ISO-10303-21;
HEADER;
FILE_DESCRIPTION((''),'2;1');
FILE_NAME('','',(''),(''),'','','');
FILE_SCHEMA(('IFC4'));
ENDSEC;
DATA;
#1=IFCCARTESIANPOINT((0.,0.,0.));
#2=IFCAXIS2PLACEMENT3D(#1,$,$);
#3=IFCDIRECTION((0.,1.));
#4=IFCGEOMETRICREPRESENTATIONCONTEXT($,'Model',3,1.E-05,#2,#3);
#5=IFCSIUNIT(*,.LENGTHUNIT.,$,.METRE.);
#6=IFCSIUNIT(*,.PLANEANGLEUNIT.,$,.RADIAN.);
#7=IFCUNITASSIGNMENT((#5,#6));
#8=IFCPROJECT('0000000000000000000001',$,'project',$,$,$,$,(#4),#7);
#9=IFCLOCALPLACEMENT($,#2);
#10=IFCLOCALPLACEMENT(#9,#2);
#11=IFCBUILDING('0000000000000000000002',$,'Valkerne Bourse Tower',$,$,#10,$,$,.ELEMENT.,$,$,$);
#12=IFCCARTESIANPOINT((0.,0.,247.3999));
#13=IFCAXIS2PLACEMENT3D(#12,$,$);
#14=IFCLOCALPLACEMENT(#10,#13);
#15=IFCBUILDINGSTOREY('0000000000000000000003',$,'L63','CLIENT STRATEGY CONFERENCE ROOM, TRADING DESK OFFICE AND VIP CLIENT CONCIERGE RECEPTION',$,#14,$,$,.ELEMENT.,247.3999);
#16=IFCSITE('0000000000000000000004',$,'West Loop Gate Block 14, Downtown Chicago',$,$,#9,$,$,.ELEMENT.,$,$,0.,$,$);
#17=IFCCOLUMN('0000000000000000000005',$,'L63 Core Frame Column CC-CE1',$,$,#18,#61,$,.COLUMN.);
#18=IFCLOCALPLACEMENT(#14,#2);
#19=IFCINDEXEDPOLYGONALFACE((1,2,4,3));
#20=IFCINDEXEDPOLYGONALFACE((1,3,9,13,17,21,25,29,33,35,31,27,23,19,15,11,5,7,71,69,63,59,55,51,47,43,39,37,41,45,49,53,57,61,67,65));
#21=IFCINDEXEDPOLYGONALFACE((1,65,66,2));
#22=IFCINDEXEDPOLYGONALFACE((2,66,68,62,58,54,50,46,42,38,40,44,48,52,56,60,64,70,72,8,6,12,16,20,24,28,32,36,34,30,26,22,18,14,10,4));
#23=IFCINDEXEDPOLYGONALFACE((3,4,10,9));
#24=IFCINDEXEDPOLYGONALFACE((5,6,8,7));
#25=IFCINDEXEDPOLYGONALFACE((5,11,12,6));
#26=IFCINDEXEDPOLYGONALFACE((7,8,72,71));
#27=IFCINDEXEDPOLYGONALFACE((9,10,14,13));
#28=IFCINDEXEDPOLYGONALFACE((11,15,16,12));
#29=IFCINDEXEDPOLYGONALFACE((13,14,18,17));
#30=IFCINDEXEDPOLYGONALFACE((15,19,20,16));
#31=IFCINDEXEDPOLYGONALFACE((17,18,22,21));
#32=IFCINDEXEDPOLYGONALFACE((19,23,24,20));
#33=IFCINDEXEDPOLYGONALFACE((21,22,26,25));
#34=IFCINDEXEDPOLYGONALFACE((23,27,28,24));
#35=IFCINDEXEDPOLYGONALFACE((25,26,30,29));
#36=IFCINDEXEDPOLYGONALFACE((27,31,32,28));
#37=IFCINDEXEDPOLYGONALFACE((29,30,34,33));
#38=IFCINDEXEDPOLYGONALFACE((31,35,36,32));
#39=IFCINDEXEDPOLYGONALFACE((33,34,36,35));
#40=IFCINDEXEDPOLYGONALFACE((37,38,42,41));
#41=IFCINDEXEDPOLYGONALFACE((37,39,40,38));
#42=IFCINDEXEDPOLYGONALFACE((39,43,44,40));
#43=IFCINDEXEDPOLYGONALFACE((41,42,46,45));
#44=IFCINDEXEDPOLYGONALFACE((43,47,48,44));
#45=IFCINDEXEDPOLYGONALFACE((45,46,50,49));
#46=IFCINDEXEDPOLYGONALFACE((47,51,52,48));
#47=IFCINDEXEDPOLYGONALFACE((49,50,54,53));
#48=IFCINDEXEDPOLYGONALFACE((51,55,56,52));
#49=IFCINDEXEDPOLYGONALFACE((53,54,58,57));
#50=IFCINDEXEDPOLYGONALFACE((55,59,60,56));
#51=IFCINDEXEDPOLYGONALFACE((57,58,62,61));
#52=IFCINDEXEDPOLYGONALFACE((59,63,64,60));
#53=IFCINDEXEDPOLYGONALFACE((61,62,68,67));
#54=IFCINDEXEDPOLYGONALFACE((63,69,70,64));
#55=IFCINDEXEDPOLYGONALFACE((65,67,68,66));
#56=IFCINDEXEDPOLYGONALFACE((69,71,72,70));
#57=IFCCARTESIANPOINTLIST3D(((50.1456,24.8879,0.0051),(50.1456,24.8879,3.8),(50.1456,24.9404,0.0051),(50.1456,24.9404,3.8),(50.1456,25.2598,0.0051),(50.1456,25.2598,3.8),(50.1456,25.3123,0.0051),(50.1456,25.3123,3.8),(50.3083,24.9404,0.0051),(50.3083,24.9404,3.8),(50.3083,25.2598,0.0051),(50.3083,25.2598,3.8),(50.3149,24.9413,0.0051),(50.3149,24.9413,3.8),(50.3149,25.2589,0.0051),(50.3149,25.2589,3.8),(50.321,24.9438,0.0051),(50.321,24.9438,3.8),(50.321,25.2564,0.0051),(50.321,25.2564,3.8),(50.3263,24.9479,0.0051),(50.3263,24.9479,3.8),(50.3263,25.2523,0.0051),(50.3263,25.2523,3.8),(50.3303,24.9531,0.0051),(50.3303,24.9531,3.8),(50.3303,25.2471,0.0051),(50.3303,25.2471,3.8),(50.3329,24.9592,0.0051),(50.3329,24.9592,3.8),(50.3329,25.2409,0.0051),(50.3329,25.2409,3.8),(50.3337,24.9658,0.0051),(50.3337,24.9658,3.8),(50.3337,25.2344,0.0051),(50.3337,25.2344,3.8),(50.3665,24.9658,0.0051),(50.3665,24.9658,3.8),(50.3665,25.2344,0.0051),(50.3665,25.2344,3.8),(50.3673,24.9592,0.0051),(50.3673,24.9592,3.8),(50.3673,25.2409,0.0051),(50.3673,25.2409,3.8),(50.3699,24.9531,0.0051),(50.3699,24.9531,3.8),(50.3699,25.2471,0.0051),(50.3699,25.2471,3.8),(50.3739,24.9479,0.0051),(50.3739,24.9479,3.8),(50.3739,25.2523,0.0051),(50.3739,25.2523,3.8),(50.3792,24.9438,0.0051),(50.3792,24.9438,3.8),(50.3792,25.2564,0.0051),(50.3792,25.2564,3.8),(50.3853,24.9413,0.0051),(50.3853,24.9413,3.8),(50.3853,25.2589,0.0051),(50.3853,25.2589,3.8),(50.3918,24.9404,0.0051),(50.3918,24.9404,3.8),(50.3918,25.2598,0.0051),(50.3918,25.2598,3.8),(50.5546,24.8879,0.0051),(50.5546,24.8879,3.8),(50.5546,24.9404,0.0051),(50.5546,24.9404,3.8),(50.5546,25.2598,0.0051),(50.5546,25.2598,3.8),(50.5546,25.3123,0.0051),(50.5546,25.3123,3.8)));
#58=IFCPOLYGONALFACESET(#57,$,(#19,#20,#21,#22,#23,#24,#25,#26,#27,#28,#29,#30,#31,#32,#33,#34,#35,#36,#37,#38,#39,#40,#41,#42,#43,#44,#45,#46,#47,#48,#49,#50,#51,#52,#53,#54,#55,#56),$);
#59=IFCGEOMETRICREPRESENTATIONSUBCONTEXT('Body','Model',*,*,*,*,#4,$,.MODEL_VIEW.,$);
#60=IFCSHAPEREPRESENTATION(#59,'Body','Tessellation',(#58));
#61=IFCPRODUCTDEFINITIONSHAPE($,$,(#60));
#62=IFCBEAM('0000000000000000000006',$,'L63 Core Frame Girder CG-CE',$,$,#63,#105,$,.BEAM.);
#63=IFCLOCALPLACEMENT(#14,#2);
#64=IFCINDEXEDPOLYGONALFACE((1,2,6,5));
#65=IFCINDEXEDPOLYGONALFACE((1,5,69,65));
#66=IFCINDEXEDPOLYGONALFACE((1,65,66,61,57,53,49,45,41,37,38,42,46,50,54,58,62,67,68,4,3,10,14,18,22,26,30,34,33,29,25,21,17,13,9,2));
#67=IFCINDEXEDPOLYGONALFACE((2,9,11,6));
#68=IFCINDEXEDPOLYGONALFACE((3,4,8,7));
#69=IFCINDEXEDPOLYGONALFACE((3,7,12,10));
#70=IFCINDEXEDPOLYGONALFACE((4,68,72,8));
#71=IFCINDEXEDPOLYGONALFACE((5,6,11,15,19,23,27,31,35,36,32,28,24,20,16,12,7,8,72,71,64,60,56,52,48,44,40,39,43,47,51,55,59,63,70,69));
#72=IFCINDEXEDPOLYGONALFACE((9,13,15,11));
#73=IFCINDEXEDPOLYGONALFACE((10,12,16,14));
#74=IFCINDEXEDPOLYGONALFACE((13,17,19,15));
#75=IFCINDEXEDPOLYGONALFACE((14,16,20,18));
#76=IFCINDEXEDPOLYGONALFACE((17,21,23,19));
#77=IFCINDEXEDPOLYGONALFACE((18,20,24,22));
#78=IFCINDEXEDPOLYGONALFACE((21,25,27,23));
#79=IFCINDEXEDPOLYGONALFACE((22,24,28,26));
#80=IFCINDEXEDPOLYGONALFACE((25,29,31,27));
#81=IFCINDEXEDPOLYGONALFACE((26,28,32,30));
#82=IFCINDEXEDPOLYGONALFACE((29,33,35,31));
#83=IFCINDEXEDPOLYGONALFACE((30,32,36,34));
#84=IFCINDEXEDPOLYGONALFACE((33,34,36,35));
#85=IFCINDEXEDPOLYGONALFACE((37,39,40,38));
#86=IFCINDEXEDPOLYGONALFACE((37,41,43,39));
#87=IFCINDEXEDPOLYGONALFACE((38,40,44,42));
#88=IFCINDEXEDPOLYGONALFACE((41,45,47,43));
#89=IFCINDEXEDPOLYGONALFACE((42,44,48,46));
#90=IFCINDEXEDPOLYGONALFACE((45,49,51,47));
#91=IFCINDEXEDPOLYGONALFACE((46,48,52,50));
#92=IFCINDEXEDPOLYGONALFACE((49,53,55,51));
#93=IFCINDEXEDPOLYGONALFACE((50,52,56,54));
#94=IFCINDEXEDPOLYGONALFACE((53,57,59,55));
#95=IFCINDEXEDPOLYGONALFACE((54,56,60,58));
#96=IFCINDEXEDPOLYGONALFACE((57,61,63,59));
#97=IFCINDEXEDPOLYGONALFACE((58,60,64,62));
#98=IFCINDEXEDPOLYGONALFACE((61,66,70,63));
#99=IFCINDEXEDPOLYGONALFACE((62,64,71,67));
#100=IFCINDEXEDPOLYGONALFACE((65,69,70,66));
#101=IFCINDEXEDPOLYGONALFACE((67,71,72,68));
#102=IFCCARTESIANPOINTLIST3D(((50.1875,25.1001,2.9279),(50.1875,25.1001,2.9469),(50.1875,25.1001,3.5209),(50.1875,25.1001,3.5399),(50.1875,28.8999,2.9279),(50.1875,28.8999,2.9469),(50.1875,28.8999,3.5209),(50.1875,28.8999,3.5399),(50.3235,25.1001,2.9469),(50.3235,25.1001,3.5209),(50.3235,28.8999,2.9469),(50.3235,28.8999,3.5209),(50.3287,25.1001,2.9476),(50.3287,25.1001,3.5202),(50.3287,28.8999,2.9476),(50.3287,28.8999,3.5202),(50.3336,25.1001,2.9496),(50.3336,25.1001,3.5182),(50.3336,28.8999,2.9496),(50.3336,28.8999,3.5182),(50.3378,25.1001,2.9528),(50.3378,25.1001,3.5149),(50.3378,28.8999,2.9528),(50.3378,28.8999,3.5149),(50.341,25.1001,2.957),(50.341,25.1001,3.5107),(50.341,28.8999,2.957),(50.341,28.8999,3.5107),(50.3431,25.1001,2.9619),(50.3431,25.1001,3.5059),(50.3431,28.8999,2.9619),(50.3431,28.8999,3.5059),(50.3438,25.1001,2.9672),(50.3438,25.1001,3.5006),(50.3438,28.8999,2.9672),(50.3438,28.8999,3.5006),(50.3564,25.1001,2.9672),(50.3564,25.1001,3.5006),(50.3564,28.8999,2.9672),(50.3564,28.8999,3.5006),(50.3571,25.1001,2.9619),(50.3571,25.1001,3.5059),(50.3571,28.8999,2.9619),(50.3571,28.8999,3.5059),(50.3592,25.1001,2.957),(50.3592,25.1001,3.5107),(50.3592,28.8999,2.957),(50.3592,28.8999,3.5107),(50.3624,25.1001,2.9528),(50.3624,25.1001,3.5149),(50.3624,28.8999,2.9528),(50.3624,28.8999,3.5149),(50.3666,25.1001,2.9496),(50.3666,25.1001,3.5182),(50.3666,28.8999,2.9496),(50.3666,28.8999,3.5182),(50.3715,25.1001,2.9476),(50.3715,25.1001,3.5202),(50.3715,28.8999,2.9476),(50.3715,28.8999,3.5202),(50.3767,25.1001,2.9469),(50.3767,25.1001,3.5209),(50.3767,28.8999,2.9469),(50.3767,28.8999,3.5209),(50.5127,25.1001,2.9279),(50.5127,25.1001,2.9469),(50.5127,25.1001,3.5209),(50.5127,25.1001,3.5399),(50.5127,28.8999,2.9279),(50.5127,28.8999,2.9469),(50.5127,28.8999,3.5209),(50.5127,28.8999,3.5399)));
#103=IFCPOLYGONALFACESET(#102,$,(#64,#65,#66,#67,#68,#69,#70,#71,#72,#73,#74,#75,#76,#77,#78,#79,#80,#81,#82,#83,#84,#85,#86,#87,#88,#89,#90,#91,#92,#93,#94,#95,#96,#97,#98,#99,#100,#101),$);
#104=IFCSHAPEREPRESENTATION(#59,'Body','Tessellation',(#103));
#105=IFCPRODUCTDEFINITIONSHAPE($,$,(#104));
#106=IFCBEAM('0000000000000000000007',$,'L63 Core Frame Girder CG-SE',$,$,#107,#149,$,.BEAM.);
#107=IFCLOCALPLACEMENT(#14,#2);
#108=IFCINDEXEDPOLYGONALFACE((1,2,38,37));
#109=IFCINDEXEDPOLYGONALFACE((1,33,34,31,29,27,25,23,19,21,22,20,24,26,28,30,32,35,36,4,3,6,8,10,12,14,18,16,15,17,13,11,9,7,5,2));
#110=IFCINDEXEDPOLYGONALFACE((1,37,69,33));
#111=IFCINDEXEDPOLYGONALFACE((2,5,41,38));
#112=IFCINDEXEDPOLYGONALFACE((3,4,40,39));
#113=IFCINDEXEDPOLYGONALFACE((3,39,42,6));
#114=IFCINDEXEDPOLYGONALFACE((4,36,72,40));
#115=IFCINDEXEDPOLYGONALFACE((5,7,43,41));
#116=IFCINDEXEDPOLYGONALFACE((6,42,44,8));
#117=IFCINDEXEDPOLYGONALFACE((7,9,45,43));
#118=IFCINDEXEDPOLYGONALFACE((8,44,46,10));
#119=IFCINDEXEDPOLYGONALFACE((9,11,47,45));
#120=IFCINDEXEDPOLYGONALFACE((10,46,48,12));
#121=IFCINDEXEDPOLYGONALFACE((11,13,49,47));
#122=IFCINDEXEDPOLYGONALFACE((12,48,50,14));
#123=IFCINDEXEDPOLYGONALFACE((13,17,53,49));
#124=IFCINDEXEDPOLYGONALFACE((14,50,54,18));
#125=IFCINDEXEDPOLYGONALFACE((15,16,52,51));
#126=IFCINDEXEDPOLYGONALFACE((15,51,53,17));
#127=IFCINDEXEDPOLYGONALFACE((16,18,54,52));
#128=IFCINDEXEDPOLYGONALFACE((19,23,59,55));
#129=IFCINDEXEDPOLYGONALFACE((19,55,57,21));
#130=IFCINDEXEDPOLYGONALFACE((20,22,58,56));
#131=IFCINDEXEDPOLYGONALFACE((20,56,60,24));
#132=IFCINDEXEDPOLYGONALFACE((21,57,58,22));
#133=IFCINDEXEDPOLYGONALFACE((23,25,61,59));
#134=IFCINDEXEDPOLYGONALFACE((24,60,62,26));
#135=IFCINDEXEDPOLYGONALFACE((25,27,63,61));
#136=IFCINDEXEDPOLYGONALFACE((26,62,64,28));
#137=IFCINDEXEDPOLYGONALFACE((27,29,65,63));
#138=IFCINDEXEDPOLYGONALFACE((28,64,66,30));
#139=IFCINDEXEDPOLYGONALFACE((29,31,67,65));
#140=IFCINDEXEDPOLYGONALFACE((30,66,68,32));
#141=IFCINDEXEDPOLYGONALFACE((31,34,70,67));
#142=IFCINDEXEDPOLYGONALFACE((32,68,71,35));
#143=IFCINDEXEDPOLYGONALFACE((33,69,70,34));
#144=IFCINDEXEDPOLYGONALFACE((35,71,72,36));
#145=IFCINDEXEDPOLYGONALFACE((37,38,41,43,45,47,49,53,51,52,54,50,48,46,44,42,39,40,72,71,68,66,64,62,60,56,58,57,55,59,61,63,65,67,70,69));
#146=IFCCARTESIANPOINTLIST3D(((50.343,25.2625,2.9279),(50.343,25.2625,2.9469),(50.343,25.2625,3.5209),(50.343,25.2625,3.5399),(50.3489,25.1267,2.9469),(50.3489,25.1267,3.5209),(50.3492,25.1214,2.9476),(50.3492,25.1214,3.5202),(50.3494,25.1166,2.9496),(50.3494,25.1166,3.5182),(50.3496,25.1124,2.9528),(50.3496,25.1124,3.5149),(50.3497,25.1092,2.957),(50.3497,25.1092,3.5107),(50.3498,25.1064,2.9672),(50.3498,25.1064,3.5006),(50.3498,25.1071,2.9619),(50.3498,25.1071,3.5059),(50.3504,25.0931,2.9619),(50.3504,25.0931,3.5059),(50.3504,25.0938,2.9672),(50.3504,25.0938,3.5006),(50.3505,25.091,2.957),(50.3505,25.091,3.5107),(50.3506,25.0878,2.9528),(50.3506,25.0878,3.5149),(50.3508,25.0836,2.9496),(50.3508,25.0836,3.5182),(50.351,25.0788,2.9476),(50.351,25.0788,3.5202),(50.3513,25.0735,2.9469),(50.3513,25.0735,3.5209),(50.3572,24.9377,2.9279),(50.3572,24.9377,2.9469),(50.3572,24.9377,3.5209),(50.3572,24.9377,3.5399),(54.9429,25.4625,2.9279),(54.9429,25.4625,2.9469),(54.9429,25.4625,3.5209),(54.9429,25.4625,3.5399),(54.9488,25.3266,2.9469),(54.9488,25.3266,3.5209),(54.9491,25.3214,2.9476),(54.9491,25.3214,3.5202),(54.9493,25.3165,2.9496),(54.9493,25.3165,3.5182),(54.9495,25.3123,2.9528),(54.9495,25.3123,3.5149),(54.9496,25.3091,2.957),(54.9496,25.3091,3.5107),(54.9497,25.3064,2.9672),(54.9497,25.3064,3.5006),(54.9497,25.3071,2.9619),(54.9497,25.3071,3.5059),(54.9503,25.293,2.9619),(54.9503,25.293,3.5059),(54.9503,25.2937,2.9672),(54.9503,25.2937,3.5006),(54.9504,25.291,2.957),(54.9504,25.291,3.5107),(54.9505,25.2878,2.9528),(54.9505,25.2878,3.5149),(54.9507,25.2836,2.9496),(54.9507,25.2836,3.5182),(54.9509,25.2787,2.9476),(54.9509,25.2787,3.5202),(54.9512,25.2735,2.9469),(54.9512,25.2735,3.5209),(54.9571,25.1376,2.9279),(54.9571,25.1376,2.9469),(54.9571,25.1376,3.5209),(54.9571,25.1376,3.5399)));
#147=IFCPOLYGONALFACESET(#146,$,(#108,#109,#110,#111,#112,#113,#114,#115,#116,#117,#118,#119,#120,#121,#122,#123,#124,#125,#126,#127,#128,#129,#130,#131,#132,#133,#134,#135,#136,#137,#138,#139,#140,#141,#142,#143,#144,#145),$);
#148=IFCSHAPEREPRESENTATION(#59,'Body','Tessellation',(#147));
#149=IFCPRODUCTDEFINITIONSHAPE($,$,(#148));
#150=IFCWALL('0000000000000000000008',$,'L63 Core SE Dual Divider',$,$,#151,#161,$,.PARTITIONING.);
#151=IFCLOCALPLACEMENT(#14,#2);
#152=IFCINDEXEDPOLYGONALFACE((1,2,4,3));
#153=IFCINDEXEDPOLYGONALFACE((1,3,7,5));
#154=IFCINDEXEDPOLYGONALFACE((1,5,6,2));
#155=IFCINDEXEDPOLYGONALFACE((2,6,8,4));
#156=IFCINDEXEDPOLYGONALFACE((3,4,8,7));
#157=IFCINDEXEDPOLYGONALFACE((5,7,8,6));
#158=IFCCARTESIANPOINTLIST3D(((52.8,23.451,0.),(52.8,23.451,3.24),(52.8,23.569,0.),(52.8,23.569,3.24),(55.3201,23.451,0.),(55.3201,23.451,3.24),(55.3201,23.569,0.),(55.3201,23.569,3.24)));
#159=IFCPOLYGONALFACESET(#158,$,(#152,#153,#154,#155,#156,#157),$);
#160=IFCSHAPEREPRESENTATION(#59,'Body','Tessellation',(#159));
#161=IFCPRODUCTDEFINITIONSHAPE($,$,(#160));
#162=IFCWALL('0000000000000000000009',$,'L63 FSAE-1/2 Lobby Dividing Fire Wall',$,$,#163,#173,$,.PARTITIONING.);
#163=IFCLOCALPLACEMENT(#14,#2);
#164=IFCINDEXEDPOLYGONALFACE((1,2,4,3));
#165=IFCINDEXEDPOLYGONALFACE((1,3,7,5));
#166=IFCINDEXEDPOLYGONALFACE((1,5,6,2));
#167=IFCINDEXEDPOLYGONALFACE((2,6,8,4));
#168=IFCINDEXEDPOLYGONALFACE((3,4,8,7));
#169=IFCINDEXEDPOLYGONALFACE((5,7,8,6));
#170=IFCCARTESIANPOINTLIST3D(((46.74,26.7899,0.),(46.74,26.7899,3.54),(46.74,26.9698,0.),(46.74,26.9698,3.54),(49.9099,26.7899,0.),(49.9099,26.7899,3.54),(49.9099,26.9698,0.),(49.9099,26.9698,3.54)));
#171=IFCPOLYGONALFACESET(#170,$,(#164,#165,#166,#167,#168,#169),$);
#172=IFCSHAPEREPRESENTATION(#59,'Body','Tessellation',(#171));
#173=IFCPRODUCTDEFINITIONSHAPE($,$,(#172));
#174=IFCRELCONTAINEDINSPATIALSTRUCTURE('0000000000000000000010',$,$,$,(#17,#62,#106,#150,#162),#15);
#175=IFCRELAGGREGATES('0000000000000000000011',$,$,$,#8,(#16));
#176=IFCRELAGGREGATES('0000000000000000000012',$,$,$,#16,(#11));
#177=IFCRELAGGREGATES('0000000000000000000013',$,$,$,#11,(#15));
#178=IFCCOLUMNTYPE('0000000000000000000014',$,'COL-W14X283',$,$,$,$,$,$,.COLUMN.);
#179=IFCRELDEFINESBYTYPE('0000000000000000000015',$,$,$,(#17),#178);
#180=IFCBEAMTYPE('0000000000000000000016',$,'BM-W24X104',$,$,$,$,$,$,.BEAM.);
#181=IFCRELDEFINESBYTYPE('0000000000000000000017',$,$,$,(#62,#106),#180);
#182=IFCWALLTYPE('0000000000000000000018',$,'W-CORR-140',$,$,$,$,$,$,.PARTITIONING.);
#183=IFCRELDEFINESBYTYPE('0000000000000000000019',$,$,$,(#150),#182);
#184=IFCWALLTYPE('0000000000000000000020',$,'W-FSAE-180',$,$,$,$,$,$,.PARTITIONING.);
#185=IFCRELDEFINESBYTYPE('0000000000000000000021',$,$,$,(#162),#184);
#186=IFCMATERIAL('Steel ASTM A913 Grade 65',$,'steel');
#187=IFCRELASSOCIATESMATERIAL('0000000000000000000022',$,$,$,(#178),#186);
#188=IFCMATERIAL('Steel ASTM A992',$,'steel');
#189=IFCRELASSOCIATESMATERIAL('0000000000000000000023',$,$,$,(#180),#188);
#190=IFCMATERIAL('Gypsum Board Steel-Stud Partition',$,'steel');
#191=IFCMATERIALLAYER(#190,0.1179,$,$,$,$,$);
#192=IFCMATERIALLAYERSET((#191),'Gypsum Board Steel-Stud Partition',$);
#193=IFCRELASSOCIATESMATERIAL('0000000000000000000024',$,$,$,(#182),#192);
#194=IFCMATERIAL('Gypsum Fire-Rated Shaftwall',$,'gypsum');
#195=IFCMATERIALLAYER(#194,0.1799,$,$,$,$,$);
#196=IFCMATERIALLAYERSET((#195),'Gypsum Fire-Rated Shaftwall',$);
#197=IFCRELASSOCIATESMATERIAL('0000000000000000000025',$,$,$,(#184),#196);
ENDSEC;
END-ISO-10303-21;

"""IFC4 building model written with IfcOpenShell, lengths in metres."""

from ifc_helpers import new_model, si_unit, direction, frame, frame_2d, origin, origin_2d, place, context, subcontext, project, spatial, rectangle, i_section, extrude, material, layer, layer_set, material_profile, profile_set, type_object, element, save


model = new_model("IFC4")

# Units and contexts
model_context = context("Model", 3, precision=1e-05, world=origin(), true_north=direction((0.0, 1.0)))
body_context = subcontext(model_context, "Body", "Model", "MODEL_VIEW")
ifc_project = project(units=[si_unit("LENGTHUNIT", "METRE"), si_unit("PLANEANGLEUNIT", "RADIAN")], contexts=[model_context])

# Site, building, storey
site_placement = place(None, origin())
site = spatial("IfcSite", under=ifc_project, at=site_placement, Name="West Loop Gate Block 14, Downtown Chicago", CompositionType="ELEMENT", RefElevation=0.0)
building_placement = place(site_placement, origin())
building = spatial("IfcBuilding", under=site, at=building_placement, Name="Valkerne Bourse Tower", CompositionType="ELEMENT")
storey_placement = place(building_placement, frame((0.0, 0.0, 247.3999)))
storey = spatial("IfcBuildingStorey", under=building, at=storey_placement, Name="L63", Description="CLIENT STRATEGY CONFERENCE ROOM, TRADING DESK OFFICE AND VIP CLIENT CONCIERGE RECEPTION", CompositionType="ELEMENT", Elevation=247.3999)

# Column
ifc_material_1 = material(Name="Steel ASTM A913 Grade 65", Category="steel")
ifc_material_profile_1 = material_profile(ifc_material_1, i_section(OverallWidth=0.4089, OverallDepth=0.4243, WebThickness=0.0327, FlangeThickness=0.0525, FilletRadius=0.0254, at=origin_2d()), Name="W14X283")
ifc_profile_set_1 = profile_set([ifc_material_profile_1], Name="Steel ASTM A913 Grade 65")
column_type = type_object("IfcColumnType", Name="COL-W14X283", PredefinedType="COLUMN", material=ifc_profile_set_1)
column_placement = place(storey_placement, frame((50.3501, 25.1001, 0.0051), z_axis=(0.0, 0.0, 1.0), x_axis=(1.0, 0.0, 0.0)))
element("IfcColumn", 1, at=column_placement, inside=storey, type_object=column_type, Name="L63 Core Frame Column CC-CE1", PredefinedType="COLUMN", context=body_context, shape_type="SweptSolid", body=[
    extrude(i_section(OverallWidth=0.4089, OverallDepth=0.4243, WebThickness=0.0327, FlangeThickness=0.0525, FilletRadius=0.0254, at=origin_2d()), origin(), (0.0, 0.0, 1.0), 3.7949),
])

# Beams
ifc_material_2 = material(Name="Steel ASTM A992", Category="steel")
ifc_material_profile_2 = material_profile(ifc_material_2, i_section(OverallWidth=0.3252, OverallDepth=0.6121, WebThickness=0.0127, FlangeThickness=0.019, FilletRadius=0.0203, at=origin_2d()), Name="W24X104")
ifc_profile_set_2 = profile_set([ifc_material_profile_2], Name="Steel ASTM A992")
beam_type = type_object("IfcBeamType", Name="BM-W24X104", PredefinedType="BEAM", material=ifc_profile_set_2)
beam_1_placement = place(storey_placement, frame((50.3501, 25.1001, 3.2339), z_axis=(0.0, 1.0, 0.0), x_axis=(-1.0, 0.0, 0.0)))
element("IfcBeam", 2, at=beam_1_placement, inside=storey, type_object=beam_type, Name="L63 Core Frame Girder CG-CE", PredefinedType="BEAM", context=body_context, shape_type="SweptSolid", body=[
    extrude(i_section(OverallWidth=0.3252, OverallDepth=0.6121, WebThickness=0.0127, FlangeThickness=0.019, FilletRadius=0.0203, at=origin_2d()), origin(), (0.0, 0.0, 1.0), 3.7998),
])
beam_2_placement = place(storey_placement, frame((50.3501, 25.1001, 3.2339), z_axis=(0.999057, 0.043428, 0.0), x_axis=(-0.043428, 0.999057, 0.0)))
element("IfcBeam", 3, at=beam_2_placement, inside=storey, type_object=beam_type, Name="L63 Core Frame Girder CG-SE", PredefinedType="BEAM", context=body_context, shape_type="SweptSolid", body=[
    extrude(i_section(OverallWidth=0.3252, OverallDepth=0.6121, WebThickness=0.0127, FlangeThickness=0.019, FilletRadius=0.0203, at=origin_2d()), origin(), (0.0, 0.0, 1.0), 4.6042),
])

# Walls
ifc_material_3 = material(Name="Gypsum Board Steel-Stud Partition", Category="steel")
ifc_layer_1 = layer(ifc_material_3, 0.1179)
ifc_layer_set_1 = layer_set([ifc_layer_1], Name="Gypsum Board Steel-Stud Partition")
wall_type_1 = type_object("IfcWallType", Name="W-CORR-140", PredefinedType="PARTITIONING", material=ifc_layer_set_1)
wall_1_placement = place(storey_placement, frame((52.8, 23.51, 0.0), z_axis=(0.0, 0.0, 1.0), x_axis=(1.0, 0.0, 0.0)))
element("IfcWall", 4, at=wall_1_placement, inside=storey, type_object=wall_type_1, Name="L63 Core SE Dual Divider", PredefinedType="PARTITIONING", context=body_context, shape_type="SweptSolid", body=[
    extrude(rectangle(XDim=2.52, YDim=0.1179, at=frame_2d((1.26, 0.0))), origin(), (0.0, 0.0, 1.0), 3.24),
])
ifc_material_4 = material(Name="Gypsum Fire-Rated Shaftwall", Category="gypsum")
ifc_layer_2 = layer(ifc_material_4, 0.1799)
ifc_layer_set_2 = layer_set([ifc_layer_2], Name="Gypsum Fire-Rated Shaftwall")
wall_type_2 = type_object("IfcWallType", Name="W-FSAE-180", PredefinedType="PARTITIONING", material=ifc_layer_set_2)
wall_2_placement = place(storey_placement, frame((46.74, 26.8799, 0.0), z_axis=(0.0, 0.0, 1.0), x_axis=(1.0, 0.0, 0.0)))
element("IfcWall", 5, at=wall_2_placement, inside=storey, type_object=wall_type_2, Name="L63 FSAE-1/2 Lobby Dividing Fire Wall", PredefinedType="PARTITIONING", context=body_context, shape_type="SweptSolid", body=[
    extrude(rectangle(XDim=3.1699, YDim=0.1799, at=frame_2d((1.585, 0.0))), origin(), (0.0, 0.0, 1.0), 3.54),
])

save(model, "model.ifc")
